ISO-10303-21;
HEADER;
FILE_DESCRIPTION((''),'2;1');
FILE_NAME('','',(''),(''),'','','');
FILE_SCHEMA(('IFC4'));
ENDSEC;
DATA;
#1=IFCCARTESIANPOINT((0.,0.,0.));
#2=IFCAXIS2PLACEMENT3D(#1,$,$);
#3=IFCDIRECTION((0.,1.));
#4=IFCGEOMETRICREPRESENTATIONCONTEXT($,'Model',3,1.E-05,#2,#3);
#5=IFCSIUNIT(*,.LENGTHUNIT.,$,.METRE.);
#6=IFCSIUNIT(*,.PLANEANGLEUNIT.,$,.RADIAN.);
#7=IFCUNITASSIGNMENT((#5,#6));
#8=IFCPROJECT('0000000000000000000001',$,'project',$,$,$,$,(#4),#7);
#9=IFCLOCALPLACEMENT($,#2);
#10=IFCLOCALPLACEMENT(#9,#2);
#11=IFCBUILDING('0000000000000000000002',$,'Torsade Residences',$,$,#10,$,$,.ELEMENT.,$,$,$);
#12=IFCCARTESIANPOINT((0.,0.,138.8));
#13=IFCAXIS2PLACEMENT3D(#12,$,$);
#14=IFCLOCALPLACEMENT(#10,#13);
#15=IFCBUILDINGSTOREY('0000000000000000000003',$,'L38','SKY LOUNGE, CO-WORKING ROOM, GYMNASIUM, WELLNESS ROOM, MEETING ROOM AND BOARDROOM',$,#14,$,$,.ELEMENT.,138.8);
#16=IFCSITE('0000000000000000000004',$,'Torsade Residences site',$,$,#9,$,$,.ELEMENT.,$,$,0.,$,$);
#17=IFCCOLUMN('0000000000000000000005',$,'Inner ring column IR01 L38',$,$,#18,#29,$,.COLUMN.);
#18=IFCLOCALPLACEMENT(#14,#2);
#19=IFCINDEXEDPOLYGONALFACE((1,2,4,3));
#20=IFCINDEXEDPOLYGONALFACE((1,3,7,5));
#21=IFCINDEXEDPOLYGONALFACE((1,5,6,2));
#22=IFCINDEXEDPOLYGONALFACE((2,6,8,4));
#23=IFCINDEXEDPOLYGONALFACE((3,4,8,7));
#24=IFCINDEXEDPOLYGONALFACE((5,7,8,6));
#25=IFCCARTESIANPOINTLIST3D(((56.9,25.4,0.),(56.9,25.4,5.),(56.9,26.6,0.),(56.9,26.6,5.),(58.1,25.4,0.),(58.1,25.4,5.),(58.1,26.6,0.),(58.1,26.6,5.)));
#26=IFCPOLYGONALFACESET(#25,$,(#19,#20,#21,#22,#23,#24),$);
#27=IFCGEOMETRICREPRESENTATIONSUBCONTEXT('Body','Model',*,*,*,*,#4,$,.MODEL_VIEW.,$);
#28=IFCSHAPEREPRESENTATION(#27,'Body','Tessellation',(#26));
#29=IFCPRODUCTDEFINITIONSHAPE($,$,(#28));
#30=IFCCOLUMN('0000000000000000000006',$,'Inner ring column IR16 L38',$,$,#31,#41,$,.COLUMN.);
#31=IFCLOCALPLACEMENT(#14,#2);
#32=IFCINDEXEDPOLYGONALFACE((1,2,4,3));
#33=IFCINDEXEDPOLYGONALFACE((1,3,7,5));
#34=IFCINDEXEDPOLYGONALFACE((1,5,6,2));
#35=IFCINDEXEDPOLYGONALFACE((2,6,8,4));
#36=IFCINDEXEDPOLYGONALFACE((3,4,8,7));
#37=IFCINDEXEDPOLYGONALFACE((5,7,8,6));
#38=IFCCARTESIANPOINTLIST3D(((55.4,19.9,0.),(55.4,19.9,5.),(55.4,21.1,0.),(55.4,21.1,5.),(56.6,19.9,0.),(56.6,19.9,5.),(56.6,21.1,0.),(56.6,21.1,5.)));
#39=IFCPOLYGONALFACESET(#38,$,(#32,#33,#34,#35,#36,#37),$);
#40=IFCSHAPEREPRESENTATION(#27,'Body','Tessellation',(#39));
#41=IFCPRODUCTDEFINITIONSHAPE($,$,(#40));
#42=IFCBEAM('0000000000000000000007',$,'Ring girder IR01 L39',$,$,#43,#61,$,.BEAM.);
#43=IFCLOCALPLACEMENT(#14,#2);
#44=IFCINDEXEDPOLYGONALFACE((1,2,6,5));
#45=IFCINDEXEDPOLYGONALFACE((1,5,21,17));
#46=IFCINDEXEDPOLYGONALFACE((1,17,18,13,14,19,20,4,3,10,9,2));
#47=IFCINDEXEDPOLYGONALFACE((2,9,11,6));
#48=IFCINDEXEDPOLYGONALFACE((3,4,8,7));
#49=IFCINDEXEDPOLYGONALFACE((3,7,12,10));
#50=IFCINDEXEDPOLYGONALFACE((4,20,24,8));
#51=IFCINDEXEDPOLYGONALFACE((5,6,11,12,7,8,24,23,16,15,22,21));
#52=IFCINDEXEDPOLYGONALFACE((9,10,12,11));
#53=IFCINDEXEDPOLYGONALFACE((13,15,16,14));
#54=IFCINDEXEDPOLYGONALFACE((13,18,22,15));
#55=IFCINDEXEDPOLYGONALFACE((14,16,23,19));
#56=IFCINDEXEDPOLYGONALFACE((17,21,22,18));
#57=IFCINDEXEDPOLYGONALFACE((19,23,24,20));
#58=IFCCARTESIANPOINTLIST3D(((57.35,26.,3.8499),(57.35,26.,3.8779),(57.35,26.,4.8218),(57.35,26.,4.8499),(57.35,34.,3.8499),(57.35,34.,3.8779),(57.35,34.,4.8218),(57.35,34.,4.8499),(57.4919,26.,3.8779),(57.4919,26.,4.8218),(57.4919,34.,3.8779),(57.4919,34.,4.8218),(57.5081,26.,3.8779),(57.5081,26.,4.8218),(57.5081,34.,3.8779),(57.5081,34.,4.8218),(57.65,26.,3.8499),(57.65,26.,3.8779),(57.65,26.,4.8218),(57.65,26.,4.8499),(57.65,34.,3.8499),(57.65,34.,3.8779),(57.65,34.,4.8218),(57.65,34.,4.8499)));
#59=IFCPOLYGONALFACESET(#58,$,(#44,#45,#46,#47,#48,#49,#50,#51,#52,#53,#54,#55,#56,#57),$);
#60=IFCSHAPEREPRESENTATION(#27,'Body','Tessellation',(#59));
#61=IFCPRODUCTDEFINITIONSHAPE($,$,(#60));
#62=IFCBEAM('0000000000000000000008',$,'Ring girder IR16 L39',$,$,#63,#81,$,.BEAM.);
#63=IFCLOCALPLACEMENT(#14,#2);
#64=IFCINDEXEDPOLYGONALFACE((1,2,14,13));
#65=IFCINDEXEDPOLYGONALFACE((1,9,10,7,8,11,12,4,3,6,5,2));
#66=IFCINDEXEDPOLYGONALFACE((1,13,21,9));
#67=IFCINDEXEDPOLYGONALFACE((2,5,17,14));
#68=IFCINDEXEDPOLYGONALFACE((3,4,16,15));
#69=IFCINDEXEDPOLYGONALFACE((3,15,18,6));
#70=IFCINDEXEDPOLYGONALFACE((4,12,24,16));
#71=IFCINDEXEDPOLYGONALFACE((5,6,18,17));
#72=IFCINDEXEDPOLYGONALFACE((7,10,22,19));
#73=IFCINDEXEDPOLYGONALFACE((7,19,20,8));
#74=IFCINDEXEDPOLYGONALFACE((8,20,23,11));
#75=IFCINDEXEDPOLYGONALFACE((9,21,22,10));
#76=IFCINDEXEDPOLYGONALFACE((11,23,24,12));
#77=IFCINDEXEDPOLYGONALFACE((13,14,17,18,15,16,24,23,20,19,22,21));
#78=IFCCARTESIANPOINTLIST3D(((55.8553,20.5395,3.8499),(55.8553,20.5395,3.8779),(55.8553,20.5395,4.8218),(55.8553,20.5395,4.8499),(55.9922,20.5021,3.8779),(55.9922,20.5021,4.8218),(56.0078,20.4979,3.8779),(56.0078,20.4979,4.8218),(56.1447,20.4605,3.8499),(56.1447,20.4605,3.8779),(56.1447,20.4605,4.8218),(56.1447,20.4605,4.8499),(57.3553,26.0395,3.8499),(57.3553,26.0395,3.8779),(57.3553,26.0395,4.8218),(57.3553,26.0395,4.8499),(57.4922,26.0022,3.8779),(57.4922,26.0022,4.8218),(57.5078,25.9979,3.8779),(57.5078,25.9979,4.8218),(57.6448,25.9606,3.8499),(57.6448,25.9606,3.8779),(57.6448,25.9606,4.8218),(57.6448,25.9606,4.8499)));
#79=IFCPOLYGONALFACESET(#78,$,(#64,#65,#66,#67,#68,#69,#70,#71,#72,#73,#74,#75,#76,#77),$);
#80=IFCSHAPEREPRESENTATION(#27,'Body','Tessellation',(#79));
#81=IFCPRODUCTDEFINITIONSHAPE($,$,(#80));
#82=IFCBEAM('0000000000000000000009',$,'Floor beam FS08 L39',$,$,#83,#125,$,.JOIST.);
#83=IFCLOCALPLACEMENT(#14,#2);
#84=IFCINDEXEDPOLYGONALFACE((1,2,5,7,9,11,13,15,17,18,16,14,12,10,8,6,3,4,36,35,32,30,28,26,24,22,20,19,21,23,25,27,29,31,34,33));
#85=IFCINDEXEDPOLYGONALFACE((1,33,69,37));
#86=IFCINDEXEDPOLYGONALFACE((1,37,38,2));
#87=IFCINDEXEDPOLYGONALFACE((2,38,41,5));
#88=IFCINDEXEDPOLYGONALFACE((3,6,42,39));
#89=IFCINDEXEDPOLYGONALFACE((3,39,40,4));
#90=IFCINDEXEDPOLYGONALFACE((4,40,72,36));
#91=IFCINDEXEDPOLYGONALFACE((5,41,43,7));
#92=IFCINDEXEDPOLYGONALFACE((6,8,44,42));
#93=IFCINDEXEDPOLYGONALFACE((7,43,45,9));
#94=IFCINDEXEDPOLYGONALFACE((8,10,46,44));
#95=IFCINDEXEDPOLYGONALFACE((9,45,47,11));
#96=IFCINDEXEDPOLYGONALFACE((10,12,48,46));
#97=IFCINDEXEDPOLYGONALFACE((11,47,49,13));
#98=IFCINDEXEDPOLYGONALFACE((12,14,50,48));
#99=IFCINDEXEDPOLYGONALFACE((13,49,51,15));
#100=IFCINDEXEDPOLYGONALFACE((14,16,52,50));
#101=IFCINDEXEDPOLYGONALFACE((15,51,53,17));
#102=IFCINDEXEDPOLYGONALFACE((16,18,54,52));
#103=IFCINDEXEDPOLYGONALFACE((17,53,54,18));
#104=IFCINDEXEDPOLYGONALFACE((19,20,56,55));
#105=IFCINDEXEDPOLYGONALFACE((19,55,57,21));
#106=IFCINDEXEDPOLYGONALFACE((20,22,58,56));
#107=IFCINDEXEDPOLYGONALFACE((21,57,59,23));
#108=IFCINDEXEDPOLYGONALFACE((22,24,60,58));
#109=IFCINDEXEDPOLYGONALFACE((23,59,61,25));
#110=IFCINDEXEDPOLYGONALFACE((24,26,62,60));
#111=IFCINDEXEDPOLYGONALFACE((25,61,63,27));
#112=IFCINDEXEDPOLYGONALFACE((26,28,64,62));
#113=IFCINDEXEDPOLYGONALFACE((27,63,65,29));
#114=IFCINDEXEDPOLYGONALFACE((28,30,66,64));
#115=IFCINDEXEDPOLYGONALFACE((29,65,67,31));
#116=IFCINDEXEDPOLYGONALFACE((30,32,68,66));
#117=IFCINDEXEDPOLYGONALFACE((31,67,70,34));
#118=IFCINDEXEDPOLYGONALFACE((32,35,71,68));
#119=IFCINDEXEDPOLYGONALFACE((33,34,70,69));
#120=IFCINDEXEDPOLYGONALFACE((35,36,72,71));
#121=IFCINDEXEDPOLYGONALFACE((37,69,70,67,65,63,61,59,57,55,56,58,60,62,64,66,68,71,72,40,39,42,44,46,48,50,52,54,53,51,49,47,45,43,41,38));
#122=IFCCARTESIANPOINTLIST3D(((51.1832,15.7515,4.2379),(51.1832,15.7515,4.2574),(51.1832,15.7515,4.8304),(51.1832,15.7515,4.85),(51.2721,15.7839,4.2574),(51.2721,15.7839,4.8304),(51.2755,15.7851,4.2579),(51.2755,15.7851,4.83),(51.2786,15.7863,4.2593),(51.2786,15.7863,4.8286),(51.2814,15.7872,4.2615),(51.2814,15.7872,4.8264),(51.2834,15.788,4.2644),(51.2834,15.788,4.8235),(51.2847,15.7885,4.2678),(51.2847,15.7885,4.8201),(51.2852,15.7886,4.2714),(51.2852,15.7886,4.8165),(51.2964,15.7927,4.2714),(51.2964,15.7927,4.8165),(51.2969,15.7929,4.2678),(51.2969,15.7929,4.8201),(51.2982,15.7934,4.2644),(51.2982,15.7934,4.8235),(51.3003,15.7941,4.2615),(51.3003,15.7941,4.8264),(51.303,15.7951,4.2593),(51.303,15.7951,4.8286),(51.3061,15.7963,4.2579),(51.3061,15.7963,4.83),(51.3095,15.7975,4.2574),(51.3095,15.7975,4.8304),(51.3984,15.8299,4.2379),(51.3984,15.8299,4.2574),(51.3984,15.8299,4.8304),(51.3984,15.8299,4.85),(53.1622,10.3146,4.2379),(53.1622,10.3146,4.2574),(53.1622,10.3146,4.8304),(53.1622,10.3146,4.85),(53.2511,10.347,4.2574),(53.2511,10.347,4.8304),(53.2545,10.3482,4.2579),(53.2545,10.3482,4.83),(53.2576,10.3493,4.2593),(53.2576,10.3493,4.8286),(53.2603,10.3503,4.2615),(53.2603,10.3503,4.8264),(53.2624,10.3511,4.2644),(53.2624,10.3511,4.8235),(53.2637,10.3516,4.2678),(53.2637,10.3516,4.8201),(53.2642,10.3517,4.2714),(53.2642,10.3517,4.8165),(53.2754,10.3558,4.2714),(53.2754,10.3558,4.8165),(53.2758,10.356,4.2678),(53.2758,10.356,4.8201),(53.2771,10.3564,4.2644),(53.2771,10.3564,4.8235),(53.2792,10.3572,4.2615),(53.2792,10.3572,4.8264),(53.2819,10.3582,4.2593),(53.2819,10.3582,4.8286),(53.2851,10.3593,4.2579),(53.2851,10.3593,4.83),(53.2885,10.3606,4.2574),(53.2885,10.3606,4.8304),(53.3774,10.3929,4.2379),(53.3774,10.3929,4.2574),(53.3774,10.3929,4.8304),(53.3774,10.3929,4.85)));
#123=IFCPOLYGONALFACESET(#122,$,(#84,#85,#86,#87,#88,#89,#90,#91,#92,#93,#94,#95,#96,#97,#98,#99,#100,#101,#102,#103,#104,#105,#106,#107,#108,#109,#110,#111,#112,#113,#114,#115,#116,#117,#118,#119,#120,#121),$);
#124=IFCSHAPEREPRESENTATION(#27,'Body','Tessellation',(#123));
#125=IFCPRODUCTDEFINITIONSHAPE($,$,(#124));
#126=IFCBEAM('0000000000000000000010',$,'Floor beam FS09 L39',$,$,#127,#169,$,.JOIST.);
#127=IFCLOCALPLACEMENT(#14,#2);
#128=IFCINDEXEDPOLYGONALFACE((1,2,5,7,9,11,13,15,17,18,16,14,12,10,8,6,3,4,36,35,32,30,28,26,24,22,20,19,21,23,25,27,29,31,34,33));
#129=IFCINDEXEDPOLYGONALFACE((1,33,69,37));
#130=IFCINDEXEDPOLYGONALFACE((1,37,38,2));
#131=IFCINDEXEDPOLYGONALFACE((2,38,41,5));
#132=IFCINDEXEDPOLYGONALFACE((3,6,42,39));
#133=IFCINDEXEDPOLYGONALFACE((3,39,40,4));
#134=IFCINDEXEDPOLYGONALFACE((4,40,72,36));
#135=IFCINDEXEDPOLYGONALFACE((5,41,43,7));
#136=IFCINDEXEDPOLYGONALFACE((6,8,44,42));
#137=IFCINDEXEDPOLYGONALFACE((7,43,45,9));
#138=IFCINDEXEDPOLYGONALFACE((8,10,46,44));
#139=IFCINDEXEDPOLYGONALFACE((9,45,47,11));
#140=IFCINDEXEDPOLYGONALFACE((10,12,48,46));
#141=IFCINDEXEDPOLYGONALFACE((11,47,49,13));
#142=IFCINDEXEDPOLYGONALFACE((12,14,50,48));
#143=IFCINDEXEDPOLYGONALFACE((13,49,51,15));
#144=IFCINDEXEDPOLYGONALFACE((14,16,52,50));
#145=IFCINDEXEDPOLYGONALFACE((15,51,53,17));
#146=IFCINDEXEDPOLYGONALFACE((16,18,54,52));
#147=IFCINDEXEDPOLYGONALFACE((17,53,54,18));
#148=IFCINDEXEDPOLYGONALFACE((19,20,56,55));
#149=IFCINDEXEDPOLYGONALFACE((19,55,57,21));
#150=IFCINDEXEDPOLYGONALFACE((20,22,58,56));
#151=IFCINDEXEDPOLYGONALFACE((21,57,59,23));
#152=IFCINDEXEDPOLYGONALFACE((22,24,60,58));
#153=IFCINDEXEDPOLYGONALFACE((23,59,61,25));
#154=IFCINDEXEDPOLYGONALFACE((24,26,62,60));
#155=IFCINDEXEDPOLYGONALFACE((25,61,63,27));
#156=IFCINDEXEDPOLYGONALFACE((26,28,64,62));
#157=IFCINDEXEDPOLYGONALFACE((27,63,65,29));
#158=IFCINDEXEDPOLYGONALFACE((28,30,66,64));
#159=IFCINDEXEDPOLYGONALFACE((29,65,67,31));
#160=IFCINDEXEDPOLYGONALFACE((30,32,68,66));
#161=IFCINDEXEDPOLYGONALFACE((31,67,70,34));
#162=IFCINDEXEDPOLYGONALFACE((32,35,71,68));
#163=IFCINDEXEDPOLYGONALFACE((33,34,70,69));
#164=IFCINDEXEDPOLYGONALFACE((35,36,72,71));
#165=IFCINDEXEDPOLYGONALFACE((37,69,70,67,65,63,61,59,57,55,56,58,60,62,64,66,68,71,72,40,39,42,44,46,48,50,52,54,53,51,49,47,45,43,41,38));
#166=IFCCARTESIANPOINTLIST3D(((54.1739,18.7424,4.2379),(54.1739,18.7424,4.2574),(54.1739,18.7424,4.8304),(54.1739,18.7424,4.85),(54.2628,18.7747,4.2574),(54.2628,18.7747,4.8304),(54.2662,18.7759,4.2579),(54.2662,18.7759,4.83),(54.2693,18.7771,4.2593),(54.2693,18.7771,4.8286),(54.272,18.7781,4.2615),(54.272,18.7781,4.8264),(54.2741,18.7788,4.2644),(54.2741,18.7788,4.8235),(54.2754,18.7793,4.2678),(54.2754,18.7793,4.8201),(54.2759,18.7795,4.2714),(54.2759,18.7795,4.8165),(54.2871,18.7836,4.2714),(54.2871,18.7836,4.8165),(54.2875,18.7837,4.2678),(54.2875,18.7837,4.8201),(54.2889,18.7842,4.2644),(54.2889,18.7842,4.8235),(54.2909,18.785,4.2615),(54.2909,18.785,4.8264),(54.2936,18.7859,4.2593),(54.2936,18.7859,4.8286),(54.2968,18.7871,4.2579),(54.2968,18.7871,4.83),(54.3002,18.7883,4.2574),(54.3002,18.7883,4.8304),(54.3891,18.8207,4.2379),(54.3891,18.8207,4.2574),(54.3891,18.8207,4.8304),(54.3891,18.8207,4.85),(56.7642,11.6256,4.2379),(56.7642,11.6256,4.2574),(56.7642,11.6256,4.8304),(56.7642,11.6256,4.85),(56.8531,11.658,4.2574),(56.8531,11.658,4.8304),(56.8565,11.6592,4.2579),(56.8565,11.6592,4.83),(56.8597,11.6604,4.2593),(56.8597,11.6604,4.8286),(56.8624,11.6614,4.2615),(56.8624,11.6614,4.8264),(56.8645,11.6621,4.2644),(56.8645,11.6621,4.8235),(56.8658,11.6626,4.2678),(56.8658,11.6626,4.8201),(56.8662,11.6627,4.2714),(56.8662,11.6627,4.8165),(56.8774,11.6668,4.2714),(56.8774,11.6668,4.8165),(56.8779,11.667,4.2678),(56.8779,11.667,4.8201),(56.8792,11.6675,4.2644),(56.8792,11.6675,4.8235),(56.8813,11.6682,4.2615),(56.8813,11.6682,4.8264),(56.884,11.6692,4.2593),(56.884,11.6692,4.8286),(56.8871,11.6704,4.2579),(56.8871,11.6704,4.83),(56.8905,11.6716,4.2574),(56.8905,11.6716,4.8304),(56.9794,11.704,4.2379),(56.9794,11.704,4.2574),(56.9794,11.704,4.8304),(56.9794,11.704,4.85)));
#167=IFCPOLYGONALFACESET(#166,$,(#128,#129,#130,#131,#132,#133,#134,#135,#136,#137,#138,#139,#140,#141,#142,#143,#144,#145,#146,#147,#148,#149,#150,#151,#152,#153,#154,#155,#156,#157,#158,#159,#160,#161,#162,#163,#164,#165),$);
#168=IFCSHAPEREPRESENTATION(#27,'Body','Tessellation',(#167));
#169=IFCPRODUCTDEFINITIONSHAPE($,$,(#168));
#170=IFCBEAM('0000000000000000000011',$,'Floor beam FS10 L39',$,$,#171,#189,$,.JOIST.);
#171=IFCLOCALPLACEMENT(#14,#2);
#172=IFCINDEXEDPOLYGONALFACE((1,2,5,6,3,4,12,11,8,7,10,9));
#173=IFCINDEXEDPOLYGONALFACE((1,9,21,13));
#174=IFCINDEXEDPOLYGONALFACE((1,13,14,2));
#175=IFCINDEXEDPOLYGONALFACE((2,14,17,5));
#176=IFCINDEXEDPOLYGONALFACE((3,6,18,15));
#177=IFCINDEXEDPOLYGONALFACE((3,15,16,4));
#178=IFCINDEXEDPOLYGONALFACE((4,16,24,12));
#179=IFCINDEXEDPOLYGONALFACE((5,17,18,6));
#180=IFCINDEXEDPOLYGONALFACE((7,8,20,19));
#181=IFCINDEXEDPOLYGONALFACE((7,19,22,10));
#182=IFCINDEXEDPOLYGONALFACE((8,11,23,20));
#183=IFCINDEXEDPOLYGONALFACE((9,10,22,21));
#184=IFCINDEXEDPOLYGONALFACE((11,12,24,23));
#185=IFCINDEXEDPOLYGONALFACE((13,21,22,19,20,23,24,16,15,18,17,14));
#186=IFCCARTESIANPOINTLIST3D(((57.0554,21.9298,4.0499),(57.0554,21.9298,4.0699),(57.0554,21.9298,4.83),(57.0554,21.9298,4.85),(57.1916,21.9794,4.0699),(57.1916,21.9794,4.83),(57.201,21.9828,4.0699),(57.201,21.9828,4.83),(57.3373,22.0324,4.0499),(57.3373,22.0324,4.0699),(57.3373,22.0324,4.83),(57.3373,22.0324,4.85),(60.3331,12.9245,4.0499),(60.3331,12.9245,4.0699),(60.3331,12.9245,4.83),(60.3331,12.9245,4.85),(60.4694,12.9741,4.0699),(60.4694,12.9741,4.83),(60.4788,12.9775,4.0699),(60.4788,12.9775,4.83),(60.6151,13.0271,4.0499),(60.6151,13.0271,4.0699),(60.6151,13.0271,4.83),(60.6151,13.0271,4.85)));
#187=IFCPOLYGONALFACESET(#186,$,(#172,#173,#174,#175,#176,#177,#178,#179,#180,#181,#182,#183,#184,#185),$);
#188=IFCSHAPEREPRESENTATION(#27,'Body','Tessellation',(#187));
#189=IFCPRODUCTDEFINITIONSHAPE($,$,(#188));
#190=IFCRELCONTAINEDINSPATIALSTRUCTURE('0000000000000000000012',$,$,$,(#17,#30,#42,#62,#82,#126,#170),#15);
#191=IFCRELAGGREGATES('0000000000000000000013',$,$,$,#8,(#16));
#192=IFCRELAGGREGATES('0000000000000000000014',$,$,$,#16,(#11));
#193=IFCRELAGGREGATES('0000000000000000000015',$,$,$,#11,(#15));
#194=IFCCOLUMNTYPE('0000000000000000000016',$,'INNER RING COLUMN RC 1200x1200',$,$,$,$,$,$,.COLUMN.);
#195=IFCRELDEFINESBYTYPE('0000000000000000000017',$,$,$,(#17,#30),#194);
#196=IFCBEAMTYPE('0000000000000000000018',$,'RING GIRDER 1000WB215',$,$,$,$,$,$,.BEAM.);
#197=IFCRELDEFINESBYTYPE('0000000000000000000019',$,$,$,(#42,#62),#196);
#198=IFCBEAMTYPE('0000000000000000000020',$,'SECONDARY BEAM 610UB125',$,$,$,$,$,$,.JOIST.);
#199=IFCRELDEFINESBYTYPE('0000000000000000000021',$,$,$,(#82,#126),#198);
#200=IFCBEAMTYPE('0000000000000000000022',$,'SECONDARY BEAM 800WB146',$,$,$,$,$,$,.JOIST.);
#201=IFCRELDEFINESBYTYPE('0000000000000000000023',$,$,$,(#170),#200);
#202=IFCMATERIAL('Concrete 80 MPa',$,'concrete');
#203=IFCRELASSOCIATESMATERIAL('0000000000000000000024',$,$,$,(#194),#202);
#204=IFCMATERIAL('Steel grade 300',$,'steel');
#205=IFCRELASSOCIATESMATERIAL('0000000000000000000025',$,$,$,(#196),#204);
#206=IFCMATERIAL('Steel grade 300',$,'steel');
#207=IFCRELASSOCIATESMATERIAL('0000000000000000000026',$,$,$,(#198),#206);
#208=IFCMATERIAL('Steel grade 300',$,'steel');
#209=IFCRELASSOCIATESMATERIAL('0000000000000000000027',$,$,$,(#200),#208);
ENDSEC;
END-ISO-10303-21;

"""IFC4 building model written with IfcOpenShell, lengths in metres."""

from ifc_helpers import new_model, si_unit, direction, frame, origin, origin_2d, place, context, subcontext, project, spatial, rectangle, i_section, extrude, material, material_profile, profile_set, type_object, element, save


model = new_model("IFC4")

# Units and contexts
model_context = context("Model", 3, precision=1e-05, world=origin(), true_north=direction((0.0, 1.0)))
body_context = subcontext(model_context, "Body", "Model", "MODEL_VIEW")
ifc_project = project(units=[si_unit("LENGTHUNIT", "METRE"), si_unit("PLANEANGLEUNIT", "RADIAN")], contexts=[model_context])

# Site, building, storey
site_placement = place(None, origin())
site = spatial("IfcSite", under=ifc_project, at=site_placement, Name="Torsade Residences site", CompositionType="ELEMENT", RefElevation=0.0)
building_placement = place(site_placement, origin())
building = spatial("IfcBuilding", under=site, at=building_placement, Name="Torsade Residences", CompositionType="ELEMENT")
storey_placement = place(building_placement, frame((0.0, 0.0, 138.8)))
storey = spatial("IfcBuildingStorey", under=building, at=storey_placement, Name="L38", Description="SKY LOUNGE, CO-WORKING ROOM, GYMNASIUM, WELLNESS ROOM, MEETING ROOM AND BOARDROOM", CompositionType="ELEMENT", Elevation=138.8)

# Columns
ifc_material_1 = material(Name="Concrete 80 MPa", Category="concrete")
ifc_material_profile_1 = material_profile(ifc_material_1, rectangle(XDim=1.2, YDim=1.2, at=origin_2d()), Name="RC 1200x1200")
ifc_profile_set_1 = profile_set([ifc_material_profile_1], Name="Concrete 80 MPa")
column_type = type_object("IfcColumnType", Name="INNER RING COLUMN RC 1200x1200", PredefinedType="COLUMN", material=ifc_profile_set_1)
for number, where, z_axis, x_axis, name in (
    (1, (57.5, 26.0, 0.0), (0.0, 0.0, 1.0), (1.0, 0.0, 0.0), "Inner ring column IR01 L38"),
    (2, (56.0, 20.5, 0.0), (0.0, 0.0, 1.0), (1.0, 0.0, 0.0), "Inner ring column IR16 L38"),
):
    element("IfcColumn", number, at=place(storey_placement, frame(where, z_axis=z_axis, x_axis=x_axis)), inside=storey, type_object=column_type, Name=name, PredefinedType="COLUMN", context=body_context, shape_type="SweptSolid", body=[
        extrude(rectangle(XDim=1.2, YDim=1.2, at=origin_2d()), origin(), (0.0, 0.0, 1.0), 5.0),
    ])

# Beams
ifc_material_2 = material(Name="Steel grade 300", Category="steel")
ifc_material_profile_2 = material_profile(ifc_material_2, i_section(OverallWidth=0.3, OverallDepth=1.0, WebThickness=0.0161, FlangeThickness=0.0281, at=origin_2d()), Name="1000WB215")
ifc_profile_set_2 = profile_set([ifc_material_profile_2], Name="Steel grade 300")
beam_type_1 = type_object("IfcBeamType", Name="RING GIRDER 1000WB215", PredefinedType="BEAM", material=ifc_profile_set_2)
beam_1_placement = place(storey_placement, frame((57.5, 26.0, 4.3499), z_axis=(0.0, 1.0, 0.0), x_axis=(-1.0, 0.0, 0.0)))
element("IfcBeam", 3, at=beam_1_placement, inside=storey, type_object=beam_type_1, Name="Ring girder IR01 L39", PredefinedType="BEAM", context=body_context, shape_type="SweptSolid", body=[
    extrude(i_section(OverallWidth=0.3, OverallDepth=1.0, WebThickness=0.0161, FlangeThickness=0.0281, at=origin_2d()), origin(), (0.0, 0.0, 1.0), 8.0),
])
beam_2_placement = place(storey_placement, frame((56.0, 20.5, 4.3499), z_axis=(0.263117, 0.964764, 0.0), x_axis=(-0.964764, 0.263117, 0.0)))
element("IfcBeam", 4, at=beam_2_placement, inside=storey, type_object=beam_type_1, Name="Ring girder IR16 L39", PredefinedType="BEAM", context=body_context, shape_type="SweptSolid", body=[
    extrude(i_section(OverallWidth=0.3, OverallDepth=1.0, WebThickness=0.0161, FlangeThickness=0.0281, at=origin_2d()), origin(), (0.0, 0.0, 1.0), 5.7009),
])
ifc_material_3 = material(Name="Steel grade 300", Category="steel")
ifc_material_profile_3 = material_profile(ifc_material_3, i_section(OverallWidth=0.229, OverallDepth=0.6121, WebThickness=0.012, FlangeThickness=0.0195, FilletRadius=0.0139, at=origin_2d()), Name="610UB125")
ifc_profile_set_3 = profile_set([ifc_material_profile_3], Name="Steel grade 300")
beam_type_2 = type_object("IfcBeamType", Name="SECONDARY BEAM 610UB125", PredefinedType="JOIST", material=ifc_profile_set_3)
beam_3_placement = place(storey_placement, frame((53.2698, 10.3538, 4.5439), z_axis=(-0.342034, 0.939687, 0.0), x_axis=(-0.939687, -0.342034, 0.0)))
element("IfcBeam", 5, at=beam_3_placement, inside=storey, type_object=beam_type_2, Name="Floor beam FS08 L39", PredefinedType="JOIST", context=body_context, shape_type="SweptSolid", body=[
    extrude(i_section(OverallWidth=0.229, OverallDepth=0.6121, WebThickness=0.012, FlangeThickness=0.0195, FilletRadius=0.0139, at=origin_2d()), origin(), (0.0, 0.0, 1.0), 5.7859),
])
beam_4_placement = place(storey_placement, frame((56.8718, 11.6648, 4.5439), z_axis=(-0.342028, 0.93969, 0.0), x_axis=(-0.93969, -0.342028, 0.0)))
element("IfcBeam", 6, at=beam_4_placement, inside=storey, type_object=beam_type_2, Name="Floor beam FS09 L39", PredefinedType="JOIST", context=body_context, shape_type="SweptSolid", body=[
    extrude(i_section(OverallWidth=0.229, OverallDepth=0.6121, WebThickness=0.012, FlangeThickness=0.0195, FilletRadius=0.0139, at=origin_2d()), origin(), (0.0, 0.0, 1.0), 7.5735),
])
ifc_material_4 = material(Name="Steel grade 300", Category="steel")
ifc_material_profile_4 = material_profile(ifc_material_4, i_section(OverallWidth=0.3, OverallDepth=0.8, WebThickness=0.01, FlangeThickness=0.02, at=origin_2d()), Name="800WB146")
ifc_profile_set_4 = profile_set([ifc_material_profile_4], Name="Steel grade 300")
beam_type_3 = type_object("IfcBeamType", Name="SECONDARY BEAM 800WB146", PredefinedType="JOIST", material=ifc_profile_set_4)
beam_5_placement = place(storey_placement, frame((60.4741, 12.9758, 4.45), z_axis=(-0.342034, 0.939688, 0.0), x_axis=(-0.939688, -0.342034, 0.0)))
element("IfcBeam", 7, at=beam_5_placement, inside=storey, type_object=beam_type_3, Name="Floor beam FS10 L39", PredefinedType="JOIST", context=body_context, shape_type="SweptSolid", body=[
    extrude(i_section(OverallWidth=0.3, OverallDepth=0.8, WebThickness=0.01, FlangeThickness=0.02, at=origin_2d()), origin(), (0.0, 0.0, 1.0), 9.5833),
])

save(model, "model.ifc")
